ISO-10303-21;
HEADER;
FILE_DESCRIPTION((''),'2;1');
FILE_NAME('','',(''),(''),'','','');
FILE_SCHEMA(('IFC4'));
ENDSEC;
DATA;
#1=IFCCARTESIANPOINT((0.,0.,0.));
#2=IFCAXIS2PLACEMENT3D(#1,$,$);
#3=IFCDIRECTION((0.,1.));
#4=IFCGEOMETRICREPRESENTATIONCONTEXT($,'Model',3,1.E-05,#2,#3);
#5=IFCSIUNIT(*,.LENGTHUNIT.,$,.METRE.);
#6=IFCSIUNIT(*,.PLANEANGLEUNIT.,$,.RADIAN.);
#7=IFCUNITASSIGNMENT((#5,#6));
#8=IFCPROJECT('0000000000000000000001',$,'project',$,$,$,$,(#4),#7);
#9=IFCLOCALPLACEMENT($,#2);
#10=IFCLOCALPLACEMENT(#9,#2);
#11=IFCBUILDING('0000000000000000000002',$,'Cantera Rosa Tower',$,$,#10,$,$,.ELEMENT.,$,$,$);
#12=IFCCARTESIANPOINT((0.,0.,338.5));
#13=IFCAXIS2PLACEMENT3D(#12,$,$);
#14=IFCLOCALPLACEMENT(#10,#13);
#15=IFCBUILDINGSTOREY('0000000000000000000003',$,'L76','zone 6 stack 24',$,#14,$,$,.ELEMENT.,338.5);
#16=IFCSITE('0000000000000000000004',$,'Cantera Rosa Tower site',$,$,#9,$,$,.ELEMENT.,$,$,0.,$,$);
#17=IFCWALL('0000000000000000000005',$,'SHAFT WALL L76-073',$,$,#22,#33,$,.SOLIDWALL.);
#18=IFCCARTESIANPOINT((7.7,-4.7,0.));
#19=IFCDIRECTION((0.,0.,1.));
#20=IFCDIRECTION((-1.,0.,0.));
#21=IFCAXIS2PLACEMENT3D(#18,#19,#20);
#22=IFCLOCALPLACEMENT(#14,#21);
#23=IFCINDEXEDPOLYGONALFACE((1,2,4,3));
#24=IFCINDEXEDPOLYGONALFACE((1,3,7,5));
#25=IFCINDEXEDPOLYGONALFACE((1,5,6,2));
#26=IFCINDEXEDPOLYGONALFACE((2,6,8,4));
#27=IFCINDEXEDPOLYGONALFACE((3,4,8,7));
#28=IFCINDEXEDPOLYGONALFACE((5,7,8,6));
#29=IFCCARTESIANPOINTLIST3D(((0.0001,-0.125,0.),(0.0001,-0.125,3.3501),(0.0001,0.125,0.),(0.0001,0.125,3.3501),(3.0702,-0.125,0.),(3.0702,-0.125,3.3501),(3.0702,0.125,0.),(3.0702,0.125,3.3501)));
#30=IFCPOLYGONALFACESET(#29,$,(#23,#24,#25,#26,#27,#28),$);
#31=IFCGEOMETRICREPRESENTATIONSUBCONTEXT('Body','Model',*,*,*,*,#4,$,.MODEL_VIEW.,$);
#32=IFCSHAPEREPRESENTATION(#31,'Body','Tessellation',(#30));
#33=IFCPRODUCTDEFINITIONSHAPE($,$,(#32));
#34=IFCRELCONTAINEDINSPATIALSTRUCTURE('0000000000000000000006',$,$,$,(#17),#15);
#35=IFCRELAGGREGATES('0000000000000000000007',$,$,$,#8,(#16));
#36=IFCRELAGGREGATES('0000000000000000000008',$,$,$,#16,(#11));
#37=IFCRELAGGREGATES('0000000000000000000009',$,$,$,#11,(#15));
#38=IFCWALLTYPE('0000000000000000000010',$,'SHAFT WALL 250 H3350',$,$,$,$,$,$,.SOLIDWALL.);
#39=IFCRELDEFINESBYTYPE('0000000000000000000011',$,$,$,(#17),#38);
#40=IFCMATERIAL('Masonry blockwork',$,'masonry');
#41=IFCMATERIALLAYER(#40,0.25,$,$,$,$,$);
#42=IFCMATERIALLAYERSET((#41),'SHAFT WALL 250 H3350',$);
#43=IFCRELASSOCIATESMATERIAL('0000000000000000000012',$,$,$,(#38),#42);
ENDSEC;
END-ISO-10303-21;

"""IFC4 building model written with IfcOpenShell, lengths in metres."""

from ifc_helpers import new_model, si_unit, direction, frame, frame_2d, origin, place, context, subcontext, project, spatial, rectangle, extrude, material, layer, layer_set, type_object, element, save


model = new_model("IFC4")

# Units and contexts
model_context = context("Model", 3, precision=1e-05, world=origin(), true_north=direction((0.0, 1.0)))
body_context = subcontext(model_context, "Body", "Model", "MODEL_VIEW")
ifc_project = project(units=[si_unit("LENGTHUNIT", "METRE"), si_unit("PLANEANGLEUNIT", "RADIAN")], contexts=[model_context])

# Site, building, storey
site_placement = place(None, origin())
site = spatial("IfcSite", under=ifc_project, at=site_placement, Name="Cantera Rosa Tower site", CompositionType="ELEMENT", RefElevation=0.0)
building_placement = place(site_placement, origin())
building = spatial("IfcBuilding", under=site, at=building_placement, Name="Cantera Rosa Tower", CompositionType="ELEMENT")
storey_placement = place(building_placement, frame((0.0, 0.0, 338.5)))
storey = spatial("IfcBuildingStorey", under=building, at=storey_placement, Name="L76", Description="zone 6 stack 24", CompositionType="ELEMENT", Elevation=338.5)

# Wall
ifc_material_1 = material(Name="Masonry blockwork", Category="masonry")
ifc_layer_1 = layer(ifc_material_1, 0.25)
ifc_layer_set_1 = layer_set([ifc_layer_1], Name="SHAFT WALL 250 H3350")
wall_type_1 = type_object("IfcWallType", Name="SHAFT WALL 250 H3350", PredefinedType="SOLIDWALL", material=ifc_layer_set_1)
wall_1_placement = place(storey_placement, frame((7.7, -4.7, 0.0), z_axis=(0.0, 0.0, 1.0), x_axis=(-1.0, 0.0, 0.0)))
element("IfcWall", 1, at=wall_1_placement, inside=storey, type_object=wall_type_1, Name="SHAFT WALL L76-073", PredefinedType="SOLIDWALL", context=body_context, shape_type="SweptSolid", body=[
    extrude(rectangle(XDim=3.0701, YDim=0.25, at=frame_2d((1.5352, 0.0))), origin(), (0.0, 0.0, 1.0), 3.3501),
])

save(model, "model.ifc")
